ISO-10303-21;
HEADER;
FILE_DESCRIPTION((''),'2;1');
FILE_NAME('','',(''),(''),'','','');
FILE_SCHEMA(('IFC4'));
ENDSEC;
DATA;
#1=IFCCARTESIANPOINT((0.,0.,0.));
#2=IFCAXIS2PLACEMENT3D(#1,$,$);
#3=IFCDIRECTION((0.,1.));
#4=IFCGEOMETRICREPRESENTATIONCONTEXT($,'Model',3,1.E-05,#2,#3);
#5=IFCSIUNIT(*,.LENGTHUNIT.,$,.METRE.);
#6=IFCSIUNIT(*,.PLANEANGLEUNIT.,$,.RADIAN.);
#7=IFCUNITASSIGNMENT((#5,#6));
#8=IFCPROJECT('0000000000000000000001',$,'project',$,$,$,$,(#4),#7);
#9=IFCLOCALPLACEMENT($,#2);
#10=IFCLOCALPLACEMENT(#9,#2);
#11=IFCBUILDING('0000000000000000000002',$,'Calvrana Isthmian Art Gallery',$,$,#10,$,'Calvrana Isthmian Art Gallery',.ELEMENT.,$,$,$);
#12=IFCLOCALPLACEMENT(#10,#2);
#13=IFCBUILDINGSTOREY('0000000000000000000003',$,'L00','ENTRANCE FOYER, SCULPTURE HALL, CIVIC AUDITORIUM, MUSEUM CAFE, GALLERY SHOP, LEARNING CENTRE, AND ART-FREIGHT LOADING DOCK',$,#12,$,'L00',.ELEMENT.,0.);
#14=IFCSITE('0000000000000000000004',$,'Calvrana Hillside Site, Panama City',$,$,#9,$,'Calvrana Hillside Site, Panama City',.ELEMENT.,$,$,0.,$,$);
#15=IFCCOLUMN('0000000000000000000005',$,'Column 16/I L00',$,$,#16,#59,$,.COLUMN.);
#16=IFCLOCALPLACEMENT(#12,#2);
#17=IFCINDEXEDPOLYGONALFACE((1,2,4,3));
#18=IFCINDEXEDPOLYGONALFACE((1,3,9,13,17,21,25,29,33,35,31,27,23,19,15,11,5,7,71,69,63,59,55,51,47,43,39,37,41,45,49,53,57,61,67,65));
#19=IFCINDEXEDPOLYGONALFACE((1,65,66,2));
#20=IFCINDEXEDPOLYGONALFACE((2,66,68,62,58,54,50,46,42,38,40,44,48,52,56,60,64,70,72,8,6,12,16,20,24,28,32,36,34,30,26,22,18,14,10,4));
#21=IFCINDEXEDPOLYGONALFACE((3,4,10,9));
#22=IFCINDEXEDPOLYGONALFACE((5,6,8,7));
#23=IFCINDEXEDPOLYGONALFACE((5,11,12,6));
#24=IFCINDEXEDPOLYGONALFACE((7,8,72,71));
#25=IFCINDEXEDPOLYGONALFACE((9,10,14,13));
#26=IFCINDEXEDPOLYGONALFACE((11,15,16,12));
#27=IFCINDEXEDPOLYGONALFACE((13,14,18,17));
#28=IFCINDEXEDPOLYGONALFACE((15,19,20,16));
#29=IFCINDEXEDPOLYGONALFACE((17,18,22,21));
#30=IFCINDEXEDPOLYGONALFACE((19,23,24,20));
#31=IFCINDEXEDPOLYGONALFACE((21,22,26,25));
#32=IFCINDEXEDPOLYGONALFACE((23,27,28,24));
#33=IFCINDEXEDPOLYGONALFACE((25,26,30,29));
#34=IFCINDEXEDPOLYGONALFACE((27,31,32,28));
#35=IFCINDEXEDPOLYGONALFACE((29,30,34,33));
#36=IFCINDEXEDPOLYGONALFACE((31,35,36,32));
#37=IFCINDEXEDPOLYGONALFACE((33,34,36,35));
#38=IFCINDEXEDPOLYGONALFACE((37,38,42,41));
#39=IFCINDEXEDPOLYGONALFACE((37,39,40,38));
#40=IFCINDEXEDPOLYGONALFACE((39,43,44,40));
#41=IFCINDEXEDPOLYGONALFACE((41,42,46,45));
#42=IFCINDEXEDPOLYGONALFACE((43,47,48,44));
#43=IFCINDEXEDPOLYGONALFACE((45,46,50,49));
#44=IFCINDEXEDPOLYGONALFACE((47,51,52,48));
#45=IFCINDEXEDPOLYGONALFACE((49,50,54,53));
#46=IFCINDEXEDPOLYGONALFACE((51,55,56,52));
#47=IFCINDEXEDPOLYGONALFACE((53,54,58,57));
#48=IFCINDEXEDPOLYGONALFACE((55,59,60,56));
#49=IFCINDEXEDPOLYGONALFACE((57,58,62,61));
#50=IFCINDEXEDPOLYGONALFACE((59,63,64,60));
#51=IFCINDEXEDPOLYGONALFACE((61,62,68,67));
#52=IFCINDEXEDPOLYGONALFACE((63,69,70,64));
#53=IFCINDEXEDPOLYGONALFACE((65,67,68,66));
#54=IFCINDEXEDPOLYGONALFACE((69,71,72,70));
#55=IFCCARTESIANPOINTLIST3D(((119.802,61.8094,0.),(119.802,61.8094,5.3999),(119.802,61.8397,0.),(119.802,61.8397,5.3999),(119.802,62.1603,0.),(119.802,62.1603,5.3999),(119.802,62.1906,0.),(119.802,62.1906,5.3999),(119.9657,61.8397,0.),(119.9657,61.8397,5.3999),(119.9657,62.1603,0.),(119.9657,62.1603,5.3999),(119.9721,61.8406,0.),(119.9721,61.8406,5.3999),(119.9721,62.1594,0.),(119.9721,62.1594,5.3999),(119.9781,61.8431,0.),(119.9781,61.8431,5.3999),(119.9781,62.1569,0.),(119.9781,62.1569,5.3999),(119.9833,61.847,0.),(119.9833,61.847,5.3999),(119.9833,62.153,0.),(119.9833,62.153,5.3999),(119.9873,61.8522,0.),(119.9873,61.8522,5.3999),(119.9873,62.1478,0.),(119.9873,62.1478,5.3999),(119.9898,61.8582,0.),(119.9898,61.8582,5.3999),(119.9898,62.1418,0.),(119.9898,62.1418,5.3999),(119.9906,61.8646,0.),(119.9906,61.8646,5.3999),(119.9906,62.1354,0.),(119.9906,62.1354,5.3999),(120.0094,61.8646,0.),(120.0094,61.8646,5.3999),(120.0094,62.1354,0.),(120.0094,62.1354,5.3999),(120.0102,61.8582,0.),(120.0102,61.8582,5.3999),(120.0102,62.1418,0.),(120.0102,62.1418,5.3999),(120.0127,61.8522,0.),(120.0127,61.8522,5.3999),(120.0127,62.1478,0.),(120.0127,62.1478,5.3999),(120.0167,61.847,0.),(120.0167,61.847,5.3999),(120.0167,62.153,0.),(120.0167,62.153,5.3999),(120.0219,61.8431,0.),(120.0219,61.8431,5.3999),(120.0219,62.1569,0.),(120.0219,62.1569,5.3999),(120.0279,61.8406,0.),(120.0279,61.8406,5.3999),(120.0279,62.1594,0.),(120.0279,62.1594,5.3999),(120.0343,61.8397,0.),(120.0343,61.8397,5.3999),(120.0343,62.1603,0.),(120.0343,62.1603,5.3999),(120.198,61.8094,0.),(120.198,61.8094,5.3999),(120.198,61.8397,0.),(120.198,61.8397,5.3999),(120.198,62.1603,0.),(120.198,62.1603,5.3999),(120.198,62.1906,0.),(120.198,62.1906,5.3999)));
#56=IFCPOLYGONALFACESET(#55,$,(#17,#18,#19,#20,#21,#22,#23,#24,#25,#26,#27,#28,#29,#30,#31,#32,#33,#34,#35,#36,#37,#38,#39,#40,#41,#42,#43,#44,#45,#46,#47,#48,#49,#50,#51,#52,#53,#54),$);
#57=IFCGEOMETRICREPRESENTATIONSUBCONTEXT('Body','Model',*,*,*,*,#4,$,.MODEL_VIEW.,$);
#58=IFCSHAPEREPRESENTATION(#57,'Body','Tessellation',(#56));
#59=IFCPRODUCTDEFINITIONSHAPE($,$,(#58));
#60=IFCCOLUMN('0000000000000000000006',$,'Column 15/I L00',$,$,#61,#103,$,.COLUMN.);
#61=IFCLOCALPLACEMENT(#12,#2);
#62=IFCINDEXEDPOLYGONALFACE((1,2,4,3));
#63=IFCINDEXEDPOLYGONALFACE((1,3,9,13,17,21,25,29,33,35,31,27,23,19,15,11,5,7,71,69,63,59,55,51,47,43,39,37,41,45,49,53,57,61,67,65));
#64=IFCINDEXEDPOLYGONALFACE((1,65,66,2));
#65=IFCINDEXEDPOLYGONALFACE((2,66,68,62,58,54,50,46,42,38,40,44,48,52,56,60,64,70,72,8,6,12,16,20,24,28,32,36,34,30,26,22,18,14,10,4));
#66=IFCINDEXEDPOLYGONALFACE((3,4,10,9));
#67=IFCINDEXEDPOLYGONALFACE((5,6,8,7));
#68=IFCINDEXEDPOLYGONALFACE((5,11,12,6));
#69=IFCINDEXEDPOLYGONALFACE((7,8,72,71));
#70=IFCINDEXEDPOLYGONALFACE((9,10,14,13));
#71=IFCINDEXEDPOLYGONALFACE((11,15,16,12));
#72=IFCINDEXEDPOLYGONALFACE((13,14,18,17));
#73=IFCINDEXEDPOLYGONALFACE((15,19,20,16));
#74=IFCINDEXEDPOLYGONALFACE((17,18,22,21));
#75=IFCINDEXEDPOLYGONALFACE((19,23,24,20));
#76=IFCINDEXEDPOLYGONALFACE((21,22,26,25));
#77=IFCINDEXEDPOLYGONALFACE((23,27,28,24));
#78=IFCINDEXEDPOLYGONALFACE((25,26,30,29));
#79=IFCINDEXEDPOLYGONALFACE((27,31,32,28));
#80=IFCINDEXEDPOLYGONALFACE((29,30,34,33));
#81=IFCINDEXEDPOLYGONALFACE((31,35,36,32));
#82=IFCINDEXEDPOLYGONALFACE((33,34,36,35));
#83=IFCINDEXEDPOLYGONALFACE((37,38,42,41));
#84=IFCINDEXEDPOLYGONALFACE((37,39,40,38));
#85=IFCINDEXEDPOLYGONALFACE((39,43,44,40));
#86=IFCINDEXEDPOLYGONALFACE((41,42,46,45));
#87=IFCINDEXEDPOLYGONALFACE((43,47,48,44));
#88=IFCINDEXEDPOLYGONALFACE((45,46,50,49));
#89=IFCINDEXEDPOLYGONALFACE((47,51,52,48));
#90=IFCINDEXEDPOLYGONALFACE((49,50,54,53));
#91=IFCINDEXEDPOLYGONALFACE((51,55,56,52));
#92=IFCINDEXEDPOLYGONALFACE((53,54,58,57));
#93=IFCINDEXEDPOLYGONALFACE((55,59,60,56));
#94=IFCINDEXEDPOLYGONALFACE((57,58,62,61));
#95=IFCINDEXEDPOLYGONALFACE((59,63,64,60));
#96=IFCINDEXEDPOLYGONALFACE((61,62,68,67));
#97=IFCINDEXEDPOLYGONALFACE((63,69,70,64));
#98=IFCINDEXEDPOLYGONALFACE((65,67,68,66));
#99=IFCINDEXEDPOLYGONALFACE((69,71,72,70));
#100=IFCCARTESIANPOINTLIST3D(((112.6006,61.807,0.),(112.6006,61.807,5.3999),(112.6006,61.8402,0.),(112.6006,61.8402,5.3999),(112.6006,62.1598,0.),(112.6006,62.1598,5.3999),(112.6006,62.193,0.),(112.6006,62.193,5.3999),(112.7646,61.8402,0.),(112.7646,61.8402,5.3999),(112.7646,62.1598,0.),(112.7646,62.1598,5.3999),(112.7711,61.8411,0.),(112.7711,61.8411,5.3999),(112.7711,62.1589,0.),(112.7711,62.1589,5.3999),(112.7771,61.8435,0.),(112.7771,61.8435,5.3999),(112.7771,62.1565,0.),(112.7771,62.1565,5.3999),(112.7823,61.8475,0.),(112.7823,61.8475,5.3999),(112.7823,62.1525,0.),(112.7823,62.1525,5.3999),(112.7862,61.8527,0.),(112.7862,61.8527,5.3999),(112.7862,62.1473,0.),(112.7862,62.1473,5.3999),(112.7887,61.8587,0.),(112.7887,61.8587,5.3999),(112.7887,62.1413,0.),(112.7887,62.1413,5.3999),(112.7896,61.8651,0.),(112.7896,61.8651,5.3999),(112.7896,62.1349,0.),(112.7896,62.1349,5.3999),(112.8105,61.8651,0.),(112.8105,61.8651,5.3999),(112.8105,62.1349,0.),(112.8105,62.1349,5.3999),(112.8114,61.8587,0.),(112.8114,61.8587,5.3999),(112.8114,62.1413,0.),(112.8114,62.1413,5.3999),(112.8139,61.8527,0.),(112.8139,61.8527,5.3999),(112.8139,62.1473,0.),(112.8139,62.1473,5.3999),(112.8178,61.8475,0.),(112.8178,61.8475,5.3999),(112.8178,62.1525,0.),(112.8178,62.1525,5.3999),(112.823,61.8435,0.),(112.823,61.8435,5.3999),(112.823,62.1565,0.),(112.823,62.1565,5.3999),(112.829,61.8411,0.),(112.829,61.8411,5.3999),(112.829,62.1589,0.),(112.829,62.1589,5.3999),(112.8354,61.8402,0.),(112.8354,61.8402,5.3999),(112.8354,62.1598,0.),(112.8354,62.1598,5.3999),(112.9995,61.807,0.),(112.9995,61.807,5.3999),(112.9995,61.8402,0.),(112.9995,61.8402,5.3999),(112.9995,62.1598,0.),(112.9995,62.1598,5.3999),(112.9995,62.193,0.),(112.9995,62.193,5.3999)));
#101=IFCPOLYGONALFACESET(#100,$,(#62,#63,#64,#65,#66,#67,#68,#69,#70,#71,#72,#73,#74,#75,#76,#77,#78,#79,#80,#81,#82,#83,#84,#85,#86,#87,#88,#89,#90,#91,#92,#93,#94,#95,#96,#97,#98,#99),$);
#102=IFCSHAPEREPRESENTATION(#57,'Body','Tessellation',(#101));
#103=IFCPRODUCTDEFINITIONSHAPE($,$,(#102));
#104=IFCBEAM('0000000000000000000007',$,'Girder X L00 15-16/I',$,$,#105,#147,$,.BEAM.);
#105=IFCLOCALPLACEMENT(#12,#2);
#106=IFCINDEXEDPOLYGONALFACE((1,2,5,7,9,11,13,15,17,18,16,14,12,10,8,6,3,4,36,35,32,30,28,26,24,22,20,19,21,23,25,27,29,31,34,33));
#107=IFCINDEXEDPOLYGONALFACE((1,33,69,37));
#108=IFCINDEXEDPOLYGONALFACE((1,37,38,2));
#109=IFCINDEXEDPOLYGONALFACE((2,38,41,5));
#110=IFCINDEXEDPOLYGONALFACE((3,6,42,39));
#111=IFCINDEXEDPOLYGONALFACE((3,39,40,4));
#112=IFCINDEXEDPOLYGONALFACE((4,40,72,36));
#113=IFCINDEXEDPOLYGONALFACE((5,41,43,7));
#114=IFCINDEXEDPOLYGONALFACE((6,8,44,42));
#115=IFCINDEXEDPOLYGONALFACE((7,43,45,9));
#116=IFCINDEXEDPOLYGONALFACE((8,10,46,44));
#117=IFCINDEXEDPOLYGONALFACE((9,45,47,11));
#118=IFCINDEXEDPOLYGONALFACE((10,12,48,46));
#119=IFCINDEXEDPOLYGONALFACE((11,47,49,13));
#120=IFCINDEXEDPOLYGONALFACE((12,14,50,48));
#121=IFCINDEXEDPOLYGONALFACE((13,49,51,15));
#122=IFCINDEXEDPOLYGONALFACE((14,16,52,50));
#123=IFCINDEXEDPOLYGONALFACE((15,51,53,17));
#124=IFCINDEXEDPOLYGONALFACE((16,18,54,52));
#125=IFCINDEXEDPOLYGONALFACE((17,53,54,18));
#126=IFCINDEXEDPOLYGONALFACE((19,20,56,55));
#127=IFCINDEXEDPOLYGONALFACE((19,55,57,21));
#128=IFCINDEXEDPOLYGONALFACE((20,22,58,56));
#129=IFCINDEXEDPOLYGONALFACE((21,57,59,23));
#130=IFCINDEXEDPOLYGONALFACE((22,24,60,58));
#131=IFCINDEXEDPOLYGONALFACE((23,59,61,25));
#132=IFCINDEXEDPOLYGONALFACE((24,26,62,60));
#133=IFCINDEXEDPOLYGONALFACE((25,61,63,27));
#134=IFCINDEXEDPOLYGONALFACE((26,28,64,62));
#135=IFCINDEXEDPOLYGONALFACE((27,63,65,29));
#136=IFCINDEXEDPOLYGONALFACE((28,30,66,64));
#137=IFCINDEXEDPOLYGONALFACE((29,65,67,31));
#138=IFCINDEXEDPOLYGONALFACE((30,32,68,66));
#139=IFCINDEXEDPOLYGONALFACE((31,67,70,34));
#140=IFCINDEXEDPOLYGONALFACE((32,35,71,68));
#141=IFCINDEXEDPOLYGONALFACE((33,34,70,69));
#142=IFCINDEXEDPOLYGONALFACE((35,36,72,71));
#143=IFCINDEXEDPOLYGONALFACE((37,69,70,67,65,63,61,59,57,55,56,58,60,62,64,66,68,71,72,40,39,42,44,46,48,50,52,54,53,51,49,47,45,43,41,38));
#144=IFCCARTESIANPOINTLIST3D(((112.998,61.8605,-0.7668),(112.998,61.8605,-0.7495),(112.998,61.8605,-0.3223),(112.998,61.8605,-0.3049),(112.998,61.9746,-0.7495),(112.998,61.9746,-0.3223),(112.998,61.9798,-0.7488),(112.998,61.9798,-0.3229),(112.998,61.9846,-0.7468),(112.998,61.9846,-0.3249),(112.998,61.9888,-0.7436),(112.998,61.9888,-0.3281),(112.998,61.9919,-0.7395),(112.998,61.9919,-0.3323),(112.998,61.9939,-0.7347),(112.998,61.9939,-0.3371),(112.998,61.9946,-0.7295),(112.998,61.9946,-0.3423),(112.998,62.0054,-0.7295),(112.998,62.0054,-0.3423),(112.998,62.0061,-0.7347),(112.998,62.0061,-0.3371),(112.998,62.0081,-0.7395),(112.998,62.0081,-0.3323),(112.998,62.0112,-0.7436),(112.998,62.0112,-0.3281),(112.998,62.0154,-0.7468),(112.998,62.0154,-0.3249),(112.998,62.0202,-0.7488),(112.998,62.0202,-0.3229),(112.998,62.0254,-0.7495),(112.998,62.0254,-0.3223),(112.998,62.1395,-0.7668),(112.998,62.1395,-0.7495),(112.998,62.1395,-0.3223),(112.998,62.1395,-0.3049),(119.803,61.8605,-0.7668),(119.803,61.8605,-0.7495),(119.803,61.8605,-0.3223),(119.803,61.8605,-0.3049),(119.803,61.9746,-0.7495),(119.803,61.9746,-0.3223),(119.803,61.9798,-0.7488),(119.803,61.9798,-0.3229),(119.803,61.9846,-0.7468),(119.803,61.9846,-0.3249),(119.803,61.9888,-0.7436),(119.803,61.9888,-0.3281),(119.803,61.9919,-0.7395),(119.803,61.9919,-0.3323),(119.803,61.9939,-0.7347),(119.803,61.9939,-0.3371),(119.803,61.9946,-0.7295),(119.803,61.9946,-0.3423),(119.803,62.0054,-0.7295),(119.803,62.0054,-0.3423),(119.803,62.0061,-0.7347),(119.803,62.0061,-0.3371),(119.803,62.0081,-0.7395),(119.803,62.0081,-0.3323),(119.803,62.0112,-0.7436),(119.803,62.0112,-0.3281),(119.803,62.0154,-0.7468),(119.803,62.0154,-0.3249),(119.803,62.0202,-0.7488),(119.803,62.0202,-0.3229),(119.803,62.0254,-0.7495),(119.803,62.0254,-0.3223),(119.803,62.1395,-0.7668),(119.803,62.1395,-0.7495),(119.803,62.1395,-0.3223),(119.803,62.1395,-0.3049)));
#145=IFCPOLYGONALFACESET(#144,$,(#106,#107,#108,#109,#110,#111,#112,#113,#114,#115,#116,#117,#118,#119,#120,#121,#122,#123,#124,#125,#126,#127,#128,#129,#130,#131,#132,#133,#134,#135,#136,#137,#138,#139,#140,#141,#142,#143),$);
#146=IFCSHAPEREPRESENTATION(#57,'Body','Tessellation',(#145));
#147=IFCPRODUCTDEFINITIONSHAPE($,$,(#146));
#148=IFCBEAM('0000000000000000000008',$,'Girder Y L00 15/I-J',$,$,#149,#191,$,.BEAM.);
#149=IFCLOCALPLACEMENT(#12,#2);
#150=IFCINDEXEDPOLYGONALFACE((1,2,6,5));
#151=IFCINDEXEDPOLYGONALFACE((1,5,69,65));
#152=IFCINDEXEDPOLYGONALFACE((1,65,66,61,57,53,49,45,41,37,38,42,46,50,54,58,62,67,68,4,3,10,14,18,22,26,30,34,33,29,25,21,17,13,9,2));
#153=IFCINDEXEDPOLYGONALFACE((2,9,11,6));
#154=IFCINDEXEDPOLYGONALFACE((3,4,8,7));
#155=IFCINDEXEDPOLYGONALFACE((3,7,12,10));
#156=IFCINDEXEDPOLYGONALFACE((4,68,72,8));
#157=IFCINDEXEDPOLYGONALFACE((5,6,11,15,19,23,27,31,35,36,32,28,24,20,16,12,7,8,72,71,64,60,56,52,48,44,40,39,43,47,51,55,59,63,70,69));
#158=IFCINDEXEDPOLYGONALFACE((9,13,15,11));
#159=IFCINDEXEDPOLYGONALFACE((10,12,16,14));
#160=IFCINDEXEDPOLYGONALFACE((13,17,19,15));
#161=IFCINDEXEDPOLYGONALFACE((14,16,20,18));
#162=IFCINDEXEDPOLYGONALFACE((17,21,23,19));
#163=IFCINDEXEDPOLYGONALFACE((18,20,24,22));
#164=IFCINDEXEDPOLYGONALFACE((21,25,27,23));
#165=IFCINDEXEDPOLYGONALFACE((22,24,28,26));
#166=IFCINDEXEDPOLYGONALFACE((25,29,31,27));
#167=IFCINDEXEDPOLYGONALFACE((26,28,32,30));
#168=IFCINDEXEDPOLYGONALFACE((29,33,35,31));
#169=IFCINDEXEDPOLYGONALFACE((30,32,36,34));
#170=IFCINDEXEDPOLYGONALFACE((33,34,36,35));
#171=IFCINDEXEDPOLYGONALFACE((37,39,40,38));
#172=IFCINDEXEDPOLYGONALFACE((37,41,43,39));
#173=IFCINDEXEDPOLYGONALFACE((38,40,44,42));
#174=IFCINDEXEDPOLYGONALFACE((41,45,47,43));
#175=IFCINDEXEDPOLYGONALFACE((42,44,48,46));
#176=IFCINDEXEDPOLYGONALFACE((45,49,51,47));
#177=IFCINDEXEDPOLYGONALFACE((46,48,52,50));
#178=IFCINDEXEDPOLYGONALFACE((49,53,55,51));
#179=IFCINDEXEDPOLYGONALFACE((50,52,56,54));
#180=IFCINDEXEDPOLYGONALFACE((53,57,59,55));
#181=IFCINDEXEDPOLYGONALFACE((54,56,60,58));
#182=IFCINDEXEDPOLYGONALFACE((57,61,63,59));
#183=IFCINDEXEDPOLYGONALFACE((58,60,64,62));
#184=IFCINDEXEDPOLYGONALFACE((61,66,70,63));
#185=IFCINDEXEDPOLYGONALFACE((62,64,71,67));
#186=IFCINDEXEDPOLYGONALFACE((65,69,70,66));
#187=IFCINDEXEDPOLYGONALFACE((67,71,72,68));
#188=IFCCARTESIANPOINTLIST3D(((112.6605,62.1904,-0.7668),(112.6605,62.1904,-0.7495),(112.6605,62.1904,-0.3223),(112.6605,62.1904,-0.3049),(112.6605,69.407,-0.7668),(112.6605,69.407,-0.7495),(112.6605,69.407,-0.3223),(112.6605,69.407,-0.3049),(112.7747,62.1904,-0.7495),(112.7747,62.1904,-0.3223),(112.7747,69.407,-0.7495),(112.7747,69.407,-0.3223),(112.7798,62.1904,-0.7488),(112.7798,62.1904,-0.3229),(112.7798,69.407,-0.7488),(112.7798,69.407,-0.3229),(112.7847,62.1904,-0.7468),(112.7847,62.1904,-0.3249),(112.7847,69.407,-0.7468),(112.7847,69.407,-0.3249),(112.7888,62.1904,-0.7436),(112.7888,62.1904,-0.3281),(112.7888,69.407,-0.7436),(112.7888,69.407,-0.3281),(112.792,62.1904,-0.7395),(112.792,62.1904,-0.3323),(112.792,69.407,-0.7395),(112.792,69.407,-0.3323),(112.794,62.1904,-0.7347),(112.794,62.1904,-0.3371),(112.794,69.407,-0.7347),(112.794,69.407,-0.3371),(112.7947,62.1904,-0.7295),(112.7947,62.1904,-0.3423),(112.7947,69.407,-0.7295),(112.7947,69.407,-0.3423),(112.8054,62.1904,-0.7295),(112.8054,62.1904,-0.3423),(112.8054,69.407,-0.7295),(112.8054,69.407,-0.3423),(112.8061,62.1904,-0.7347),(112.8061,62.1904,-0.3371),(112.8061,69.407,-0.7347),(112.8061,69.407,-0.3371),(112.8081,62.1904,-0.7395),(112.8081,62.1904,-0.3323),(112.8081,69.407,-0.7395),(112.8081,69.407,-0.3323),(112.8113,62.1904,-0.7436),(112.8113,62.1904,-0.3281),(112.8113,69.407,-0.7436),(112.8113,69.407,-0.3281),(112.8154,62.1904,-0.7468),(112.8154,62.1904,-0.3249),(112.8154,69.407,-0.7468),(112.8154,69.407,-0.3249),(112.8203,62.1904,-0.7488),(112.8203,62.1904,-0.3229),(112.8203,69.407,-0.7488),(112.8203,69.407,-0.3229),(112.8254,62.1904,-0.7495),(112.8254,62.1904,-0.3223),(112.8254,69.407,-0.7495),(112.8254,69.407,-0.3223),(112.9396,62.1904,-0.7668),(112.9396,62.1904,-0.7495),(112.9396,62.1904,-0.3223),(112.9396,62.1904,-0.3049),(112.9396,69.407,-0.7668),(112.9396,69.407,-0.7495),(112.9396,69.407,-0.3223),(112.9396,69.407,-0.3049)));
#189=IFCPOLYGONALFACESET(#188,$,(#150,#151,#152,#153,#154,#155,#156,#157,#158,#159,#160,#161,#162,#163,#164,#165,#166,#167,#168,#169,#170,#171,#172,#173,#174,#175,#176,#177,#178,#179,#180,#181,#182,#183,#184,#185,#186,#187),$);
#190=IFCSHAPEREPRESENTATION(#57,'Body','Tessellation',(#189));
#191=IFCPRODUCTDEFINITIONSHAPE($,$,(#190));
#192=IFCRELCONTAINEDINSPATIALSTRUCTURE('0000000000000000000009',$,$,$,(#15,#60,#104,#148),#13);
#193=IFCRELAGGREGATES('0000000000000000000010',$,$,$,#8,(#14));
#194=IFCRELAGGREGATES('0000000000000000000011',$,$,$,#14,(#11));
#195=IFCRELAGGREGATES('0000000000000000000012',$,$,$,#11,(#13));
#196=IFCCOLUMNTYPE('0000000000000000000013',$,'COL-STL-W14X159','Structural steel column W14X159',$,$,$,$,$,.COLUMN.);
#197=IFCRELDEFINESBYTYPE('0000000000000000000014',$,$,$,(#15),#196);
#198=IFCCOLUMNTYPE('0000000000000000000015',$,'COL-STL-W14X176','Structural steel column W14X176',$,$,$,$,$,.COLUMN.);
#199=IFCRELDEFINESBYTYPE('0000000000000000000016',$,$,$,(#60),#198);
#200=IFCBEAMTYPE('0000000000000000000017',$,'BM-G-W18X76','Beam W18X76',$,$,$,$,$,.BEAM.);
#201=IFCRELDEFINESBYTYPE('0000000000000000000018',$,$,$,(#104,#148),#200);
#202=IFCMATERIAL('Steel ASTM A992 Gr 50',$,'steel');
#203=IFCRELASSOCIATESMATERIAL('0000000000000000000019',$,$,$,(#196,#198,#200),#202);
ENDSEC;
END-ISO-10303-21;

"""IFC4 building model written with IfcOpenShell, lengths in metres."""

from ifc_helpers import new_model, si_unit, direction, frame, origin, origin_2d, place, context, subcontext, project, spatial, i_section, extrude, material, material_profile, profile_set, type_object, element, save


model = new_model("IFC4")

# Units and contexts
model_context = context("Model", 3, precision=1e-05, world=origin(), true_north=direction((0.0, 1.0)))
body_context = subcontext(model_context, "Body", "Model", "MODEL_VIEW")
ifc_project = project(units=[si_unit("LENGTHUNIT", "METRE"), si_unit("PLANEANGLEUNIT", "RADIAN")], contexts=[model_context])

# Site, building, storey
site_placement = place(None, origin())
site = spatial("IfcSite", under=ifc_project, at=site_placement, Name="Calvrana Hillside Site, Panama City", LongName="Calvrana Hillside Site, Panama City", CompositionType="ELEMENT", RefElevation=0.0)
building_placement = place(site_placement, origin())
building = spatial("IfcBuilding", under=site, at=building_placement, Name="Calvrana Isthmian Art Gallery", LongName="Calvrana Isthmian Art Gallery", CompositionType="ELEMENT")
storey_placement = place(building_placement, origin())
storey = spatial("IfcBuildingStorey", under=building, at=storey_placement, Name="L00", Description="ENTRANCE FOYER, SCULPTURE HALL, CIVIC AUDITORIUM, MUSEUM CAFE, GALLERY SHOP, LEARNING CENTRE, AND ART-FREIGHT LOADING DOCK", LongName="L00", CompositionType="ELEMENT", Elevation=0.0)

# Columns
ifc_material_1 = material(Name="Steel ASTM A992 Gr 50", Category="steel")
ifc_material_profile_1 = material_profile(ifc_material_1, i_section(OverallWidth=0.396, OverallDepth=0.3811, WebThickness=0.0188, FlangeThickness=0.0303, FilletRadius=0.0249, at=origin_2d()), Name="W14X159")
ifc_profile_set_1 = profile_set([ifc_material_profile_1], Name="Steel ASTM A992 Gr 50")
column_type_1 = type_object("IfcColumnType", Name="COL-STL-W14X159", Description="Structural steel column W14X159", PredefinedType="COLUMN", material=ifc_profile_set_1)
column_1_placement = place(storey_placement, frame((120.0, 62.0, 0.0), z_axis=(0.0, 0.0, 1.0), x_axis=(1.0, 0.0, 0.0)))
element("IfcColumn", 1, at=column_1_placement, inside=storey, type_object=column_type_1, Name="Column 16/I L00", PredefinedType="COLUMN", context=body_context, shape_type="SweptSolid", body=[
    extrude(i_section(OverallWidth=0.396, OverallDepth=0.3811, WebThickness=0.0188, FlangeThickness=0.0303, FilletRadius=0.0249, at=origin_2d()), origin(), (0.0, 0.0, 1.0), 5.3999),
])
ifc_material_profile_2 = material_profile(ifc_material_1, i_section(OverallWidth=0.3989, OverallDepth=0.386, WebThickness=0.021, FlangeThickness=0.0332, FilletRadius=0.0249, at=origin_2d()), Name="W14X176")
ifc_profile_set_2 = profile_set([ifc_material_profile_2], Name="Steel ASTM A992 Gr 50")
column_type_2 = type_object("IfcColumnType", Name="COL-STL-W14X176", Description="Structural steel column W14X176", PredefinedType="COLUMN", material=ifc_profile_set_2)
column_2_placement = place(storey_placement, frame((112.8, 62.0, 0.0), z_axis=(0.0, 0.0, 1.0), x_axis=(1.0, 0.0, 0.0)))
element("IfcColumn", 2, at=column_2_placement, inside=storey, type_object=column_type_2, Name="Column 15/I L00", PredefinedType="COLUMN", context=body_context, shape_type="SweptSolid", body=[
    extrude(i_section(OverallWidth=0.3989, OverallDepth=0.386, WebThickness=0.021, FlangeThickness=0.0332, FilletRadius=0.0249, at=origin_2d()), origin(), (0.0, 0.0, 1.0), 5.3999),
])

# Beams
ifc_material_profile_3 = material_profile(ifc_material_1, i_section(OverallWidth=0.2791, OverallDepth=0.4619, WebThickness=0.0107, FlangeThickness=0.0173, FilletRadius=0.02, at=origin_2d()), Name="W18X76")
ifc_profile_set_3 = profile_set([ifc_material_profile_3], Name="Steel ASTM A992 Gr 50")
beam_type_1 = type_object("IfcBeamType", Name="BM-G-W18X76", Description="Beam W18X76", PredefinedType="BEAM", material=ifc_profile_set_3)
beam_1_placement = place(storey_placement, frame((112.998, 62.0, -0.5359), z_axis=(1.0, 0.0, 0.0), x_axis=(0.0, 1.0, 0.0)))
element("IfcBeam", 3, at=beam_1_placement, inside=storey, type_object=beam_type_1, Name="Girder X L00 15-16/I", PredefinedType="BEAM", context=body_context, shape_type="SweptSolid", body=[
    extrude(i_section(OverallWidth=0.2791, OverallDepth=0.4619, WebThickness=0.0107, FlangeThickness=0.0173, FilletRadius=0.02, at=origin_2d()), origin(), (0.0, 0.0, 1.0), 6.8049),
])
beam_2_placement = place(storey_placement, frame((112.8, 62.1904, -0.5359), z_axis=(0.0, 1.0, 0.0), x_axis=(-1.0, 0.0, 0.0)))
element("IfcBeam", 4, at=beam_2_placement, inside=storey, type_object=beam_type_1, Name="Girder Y L00 15/I-J", PredefinedType="BEAM", context=body_context, shape_type="SweptSolid", body=[
    extrude(i_section(OverallWidth=0.2791, OverallDepth=0.4619, WebThickness=0.0107, FlangeThickness=0.0173, FilletRadius=0.02, at=origin_2d()), origin(), (0.0, 0.0, 1.0), 7.2166),
])

save(model, "model.ifc")
